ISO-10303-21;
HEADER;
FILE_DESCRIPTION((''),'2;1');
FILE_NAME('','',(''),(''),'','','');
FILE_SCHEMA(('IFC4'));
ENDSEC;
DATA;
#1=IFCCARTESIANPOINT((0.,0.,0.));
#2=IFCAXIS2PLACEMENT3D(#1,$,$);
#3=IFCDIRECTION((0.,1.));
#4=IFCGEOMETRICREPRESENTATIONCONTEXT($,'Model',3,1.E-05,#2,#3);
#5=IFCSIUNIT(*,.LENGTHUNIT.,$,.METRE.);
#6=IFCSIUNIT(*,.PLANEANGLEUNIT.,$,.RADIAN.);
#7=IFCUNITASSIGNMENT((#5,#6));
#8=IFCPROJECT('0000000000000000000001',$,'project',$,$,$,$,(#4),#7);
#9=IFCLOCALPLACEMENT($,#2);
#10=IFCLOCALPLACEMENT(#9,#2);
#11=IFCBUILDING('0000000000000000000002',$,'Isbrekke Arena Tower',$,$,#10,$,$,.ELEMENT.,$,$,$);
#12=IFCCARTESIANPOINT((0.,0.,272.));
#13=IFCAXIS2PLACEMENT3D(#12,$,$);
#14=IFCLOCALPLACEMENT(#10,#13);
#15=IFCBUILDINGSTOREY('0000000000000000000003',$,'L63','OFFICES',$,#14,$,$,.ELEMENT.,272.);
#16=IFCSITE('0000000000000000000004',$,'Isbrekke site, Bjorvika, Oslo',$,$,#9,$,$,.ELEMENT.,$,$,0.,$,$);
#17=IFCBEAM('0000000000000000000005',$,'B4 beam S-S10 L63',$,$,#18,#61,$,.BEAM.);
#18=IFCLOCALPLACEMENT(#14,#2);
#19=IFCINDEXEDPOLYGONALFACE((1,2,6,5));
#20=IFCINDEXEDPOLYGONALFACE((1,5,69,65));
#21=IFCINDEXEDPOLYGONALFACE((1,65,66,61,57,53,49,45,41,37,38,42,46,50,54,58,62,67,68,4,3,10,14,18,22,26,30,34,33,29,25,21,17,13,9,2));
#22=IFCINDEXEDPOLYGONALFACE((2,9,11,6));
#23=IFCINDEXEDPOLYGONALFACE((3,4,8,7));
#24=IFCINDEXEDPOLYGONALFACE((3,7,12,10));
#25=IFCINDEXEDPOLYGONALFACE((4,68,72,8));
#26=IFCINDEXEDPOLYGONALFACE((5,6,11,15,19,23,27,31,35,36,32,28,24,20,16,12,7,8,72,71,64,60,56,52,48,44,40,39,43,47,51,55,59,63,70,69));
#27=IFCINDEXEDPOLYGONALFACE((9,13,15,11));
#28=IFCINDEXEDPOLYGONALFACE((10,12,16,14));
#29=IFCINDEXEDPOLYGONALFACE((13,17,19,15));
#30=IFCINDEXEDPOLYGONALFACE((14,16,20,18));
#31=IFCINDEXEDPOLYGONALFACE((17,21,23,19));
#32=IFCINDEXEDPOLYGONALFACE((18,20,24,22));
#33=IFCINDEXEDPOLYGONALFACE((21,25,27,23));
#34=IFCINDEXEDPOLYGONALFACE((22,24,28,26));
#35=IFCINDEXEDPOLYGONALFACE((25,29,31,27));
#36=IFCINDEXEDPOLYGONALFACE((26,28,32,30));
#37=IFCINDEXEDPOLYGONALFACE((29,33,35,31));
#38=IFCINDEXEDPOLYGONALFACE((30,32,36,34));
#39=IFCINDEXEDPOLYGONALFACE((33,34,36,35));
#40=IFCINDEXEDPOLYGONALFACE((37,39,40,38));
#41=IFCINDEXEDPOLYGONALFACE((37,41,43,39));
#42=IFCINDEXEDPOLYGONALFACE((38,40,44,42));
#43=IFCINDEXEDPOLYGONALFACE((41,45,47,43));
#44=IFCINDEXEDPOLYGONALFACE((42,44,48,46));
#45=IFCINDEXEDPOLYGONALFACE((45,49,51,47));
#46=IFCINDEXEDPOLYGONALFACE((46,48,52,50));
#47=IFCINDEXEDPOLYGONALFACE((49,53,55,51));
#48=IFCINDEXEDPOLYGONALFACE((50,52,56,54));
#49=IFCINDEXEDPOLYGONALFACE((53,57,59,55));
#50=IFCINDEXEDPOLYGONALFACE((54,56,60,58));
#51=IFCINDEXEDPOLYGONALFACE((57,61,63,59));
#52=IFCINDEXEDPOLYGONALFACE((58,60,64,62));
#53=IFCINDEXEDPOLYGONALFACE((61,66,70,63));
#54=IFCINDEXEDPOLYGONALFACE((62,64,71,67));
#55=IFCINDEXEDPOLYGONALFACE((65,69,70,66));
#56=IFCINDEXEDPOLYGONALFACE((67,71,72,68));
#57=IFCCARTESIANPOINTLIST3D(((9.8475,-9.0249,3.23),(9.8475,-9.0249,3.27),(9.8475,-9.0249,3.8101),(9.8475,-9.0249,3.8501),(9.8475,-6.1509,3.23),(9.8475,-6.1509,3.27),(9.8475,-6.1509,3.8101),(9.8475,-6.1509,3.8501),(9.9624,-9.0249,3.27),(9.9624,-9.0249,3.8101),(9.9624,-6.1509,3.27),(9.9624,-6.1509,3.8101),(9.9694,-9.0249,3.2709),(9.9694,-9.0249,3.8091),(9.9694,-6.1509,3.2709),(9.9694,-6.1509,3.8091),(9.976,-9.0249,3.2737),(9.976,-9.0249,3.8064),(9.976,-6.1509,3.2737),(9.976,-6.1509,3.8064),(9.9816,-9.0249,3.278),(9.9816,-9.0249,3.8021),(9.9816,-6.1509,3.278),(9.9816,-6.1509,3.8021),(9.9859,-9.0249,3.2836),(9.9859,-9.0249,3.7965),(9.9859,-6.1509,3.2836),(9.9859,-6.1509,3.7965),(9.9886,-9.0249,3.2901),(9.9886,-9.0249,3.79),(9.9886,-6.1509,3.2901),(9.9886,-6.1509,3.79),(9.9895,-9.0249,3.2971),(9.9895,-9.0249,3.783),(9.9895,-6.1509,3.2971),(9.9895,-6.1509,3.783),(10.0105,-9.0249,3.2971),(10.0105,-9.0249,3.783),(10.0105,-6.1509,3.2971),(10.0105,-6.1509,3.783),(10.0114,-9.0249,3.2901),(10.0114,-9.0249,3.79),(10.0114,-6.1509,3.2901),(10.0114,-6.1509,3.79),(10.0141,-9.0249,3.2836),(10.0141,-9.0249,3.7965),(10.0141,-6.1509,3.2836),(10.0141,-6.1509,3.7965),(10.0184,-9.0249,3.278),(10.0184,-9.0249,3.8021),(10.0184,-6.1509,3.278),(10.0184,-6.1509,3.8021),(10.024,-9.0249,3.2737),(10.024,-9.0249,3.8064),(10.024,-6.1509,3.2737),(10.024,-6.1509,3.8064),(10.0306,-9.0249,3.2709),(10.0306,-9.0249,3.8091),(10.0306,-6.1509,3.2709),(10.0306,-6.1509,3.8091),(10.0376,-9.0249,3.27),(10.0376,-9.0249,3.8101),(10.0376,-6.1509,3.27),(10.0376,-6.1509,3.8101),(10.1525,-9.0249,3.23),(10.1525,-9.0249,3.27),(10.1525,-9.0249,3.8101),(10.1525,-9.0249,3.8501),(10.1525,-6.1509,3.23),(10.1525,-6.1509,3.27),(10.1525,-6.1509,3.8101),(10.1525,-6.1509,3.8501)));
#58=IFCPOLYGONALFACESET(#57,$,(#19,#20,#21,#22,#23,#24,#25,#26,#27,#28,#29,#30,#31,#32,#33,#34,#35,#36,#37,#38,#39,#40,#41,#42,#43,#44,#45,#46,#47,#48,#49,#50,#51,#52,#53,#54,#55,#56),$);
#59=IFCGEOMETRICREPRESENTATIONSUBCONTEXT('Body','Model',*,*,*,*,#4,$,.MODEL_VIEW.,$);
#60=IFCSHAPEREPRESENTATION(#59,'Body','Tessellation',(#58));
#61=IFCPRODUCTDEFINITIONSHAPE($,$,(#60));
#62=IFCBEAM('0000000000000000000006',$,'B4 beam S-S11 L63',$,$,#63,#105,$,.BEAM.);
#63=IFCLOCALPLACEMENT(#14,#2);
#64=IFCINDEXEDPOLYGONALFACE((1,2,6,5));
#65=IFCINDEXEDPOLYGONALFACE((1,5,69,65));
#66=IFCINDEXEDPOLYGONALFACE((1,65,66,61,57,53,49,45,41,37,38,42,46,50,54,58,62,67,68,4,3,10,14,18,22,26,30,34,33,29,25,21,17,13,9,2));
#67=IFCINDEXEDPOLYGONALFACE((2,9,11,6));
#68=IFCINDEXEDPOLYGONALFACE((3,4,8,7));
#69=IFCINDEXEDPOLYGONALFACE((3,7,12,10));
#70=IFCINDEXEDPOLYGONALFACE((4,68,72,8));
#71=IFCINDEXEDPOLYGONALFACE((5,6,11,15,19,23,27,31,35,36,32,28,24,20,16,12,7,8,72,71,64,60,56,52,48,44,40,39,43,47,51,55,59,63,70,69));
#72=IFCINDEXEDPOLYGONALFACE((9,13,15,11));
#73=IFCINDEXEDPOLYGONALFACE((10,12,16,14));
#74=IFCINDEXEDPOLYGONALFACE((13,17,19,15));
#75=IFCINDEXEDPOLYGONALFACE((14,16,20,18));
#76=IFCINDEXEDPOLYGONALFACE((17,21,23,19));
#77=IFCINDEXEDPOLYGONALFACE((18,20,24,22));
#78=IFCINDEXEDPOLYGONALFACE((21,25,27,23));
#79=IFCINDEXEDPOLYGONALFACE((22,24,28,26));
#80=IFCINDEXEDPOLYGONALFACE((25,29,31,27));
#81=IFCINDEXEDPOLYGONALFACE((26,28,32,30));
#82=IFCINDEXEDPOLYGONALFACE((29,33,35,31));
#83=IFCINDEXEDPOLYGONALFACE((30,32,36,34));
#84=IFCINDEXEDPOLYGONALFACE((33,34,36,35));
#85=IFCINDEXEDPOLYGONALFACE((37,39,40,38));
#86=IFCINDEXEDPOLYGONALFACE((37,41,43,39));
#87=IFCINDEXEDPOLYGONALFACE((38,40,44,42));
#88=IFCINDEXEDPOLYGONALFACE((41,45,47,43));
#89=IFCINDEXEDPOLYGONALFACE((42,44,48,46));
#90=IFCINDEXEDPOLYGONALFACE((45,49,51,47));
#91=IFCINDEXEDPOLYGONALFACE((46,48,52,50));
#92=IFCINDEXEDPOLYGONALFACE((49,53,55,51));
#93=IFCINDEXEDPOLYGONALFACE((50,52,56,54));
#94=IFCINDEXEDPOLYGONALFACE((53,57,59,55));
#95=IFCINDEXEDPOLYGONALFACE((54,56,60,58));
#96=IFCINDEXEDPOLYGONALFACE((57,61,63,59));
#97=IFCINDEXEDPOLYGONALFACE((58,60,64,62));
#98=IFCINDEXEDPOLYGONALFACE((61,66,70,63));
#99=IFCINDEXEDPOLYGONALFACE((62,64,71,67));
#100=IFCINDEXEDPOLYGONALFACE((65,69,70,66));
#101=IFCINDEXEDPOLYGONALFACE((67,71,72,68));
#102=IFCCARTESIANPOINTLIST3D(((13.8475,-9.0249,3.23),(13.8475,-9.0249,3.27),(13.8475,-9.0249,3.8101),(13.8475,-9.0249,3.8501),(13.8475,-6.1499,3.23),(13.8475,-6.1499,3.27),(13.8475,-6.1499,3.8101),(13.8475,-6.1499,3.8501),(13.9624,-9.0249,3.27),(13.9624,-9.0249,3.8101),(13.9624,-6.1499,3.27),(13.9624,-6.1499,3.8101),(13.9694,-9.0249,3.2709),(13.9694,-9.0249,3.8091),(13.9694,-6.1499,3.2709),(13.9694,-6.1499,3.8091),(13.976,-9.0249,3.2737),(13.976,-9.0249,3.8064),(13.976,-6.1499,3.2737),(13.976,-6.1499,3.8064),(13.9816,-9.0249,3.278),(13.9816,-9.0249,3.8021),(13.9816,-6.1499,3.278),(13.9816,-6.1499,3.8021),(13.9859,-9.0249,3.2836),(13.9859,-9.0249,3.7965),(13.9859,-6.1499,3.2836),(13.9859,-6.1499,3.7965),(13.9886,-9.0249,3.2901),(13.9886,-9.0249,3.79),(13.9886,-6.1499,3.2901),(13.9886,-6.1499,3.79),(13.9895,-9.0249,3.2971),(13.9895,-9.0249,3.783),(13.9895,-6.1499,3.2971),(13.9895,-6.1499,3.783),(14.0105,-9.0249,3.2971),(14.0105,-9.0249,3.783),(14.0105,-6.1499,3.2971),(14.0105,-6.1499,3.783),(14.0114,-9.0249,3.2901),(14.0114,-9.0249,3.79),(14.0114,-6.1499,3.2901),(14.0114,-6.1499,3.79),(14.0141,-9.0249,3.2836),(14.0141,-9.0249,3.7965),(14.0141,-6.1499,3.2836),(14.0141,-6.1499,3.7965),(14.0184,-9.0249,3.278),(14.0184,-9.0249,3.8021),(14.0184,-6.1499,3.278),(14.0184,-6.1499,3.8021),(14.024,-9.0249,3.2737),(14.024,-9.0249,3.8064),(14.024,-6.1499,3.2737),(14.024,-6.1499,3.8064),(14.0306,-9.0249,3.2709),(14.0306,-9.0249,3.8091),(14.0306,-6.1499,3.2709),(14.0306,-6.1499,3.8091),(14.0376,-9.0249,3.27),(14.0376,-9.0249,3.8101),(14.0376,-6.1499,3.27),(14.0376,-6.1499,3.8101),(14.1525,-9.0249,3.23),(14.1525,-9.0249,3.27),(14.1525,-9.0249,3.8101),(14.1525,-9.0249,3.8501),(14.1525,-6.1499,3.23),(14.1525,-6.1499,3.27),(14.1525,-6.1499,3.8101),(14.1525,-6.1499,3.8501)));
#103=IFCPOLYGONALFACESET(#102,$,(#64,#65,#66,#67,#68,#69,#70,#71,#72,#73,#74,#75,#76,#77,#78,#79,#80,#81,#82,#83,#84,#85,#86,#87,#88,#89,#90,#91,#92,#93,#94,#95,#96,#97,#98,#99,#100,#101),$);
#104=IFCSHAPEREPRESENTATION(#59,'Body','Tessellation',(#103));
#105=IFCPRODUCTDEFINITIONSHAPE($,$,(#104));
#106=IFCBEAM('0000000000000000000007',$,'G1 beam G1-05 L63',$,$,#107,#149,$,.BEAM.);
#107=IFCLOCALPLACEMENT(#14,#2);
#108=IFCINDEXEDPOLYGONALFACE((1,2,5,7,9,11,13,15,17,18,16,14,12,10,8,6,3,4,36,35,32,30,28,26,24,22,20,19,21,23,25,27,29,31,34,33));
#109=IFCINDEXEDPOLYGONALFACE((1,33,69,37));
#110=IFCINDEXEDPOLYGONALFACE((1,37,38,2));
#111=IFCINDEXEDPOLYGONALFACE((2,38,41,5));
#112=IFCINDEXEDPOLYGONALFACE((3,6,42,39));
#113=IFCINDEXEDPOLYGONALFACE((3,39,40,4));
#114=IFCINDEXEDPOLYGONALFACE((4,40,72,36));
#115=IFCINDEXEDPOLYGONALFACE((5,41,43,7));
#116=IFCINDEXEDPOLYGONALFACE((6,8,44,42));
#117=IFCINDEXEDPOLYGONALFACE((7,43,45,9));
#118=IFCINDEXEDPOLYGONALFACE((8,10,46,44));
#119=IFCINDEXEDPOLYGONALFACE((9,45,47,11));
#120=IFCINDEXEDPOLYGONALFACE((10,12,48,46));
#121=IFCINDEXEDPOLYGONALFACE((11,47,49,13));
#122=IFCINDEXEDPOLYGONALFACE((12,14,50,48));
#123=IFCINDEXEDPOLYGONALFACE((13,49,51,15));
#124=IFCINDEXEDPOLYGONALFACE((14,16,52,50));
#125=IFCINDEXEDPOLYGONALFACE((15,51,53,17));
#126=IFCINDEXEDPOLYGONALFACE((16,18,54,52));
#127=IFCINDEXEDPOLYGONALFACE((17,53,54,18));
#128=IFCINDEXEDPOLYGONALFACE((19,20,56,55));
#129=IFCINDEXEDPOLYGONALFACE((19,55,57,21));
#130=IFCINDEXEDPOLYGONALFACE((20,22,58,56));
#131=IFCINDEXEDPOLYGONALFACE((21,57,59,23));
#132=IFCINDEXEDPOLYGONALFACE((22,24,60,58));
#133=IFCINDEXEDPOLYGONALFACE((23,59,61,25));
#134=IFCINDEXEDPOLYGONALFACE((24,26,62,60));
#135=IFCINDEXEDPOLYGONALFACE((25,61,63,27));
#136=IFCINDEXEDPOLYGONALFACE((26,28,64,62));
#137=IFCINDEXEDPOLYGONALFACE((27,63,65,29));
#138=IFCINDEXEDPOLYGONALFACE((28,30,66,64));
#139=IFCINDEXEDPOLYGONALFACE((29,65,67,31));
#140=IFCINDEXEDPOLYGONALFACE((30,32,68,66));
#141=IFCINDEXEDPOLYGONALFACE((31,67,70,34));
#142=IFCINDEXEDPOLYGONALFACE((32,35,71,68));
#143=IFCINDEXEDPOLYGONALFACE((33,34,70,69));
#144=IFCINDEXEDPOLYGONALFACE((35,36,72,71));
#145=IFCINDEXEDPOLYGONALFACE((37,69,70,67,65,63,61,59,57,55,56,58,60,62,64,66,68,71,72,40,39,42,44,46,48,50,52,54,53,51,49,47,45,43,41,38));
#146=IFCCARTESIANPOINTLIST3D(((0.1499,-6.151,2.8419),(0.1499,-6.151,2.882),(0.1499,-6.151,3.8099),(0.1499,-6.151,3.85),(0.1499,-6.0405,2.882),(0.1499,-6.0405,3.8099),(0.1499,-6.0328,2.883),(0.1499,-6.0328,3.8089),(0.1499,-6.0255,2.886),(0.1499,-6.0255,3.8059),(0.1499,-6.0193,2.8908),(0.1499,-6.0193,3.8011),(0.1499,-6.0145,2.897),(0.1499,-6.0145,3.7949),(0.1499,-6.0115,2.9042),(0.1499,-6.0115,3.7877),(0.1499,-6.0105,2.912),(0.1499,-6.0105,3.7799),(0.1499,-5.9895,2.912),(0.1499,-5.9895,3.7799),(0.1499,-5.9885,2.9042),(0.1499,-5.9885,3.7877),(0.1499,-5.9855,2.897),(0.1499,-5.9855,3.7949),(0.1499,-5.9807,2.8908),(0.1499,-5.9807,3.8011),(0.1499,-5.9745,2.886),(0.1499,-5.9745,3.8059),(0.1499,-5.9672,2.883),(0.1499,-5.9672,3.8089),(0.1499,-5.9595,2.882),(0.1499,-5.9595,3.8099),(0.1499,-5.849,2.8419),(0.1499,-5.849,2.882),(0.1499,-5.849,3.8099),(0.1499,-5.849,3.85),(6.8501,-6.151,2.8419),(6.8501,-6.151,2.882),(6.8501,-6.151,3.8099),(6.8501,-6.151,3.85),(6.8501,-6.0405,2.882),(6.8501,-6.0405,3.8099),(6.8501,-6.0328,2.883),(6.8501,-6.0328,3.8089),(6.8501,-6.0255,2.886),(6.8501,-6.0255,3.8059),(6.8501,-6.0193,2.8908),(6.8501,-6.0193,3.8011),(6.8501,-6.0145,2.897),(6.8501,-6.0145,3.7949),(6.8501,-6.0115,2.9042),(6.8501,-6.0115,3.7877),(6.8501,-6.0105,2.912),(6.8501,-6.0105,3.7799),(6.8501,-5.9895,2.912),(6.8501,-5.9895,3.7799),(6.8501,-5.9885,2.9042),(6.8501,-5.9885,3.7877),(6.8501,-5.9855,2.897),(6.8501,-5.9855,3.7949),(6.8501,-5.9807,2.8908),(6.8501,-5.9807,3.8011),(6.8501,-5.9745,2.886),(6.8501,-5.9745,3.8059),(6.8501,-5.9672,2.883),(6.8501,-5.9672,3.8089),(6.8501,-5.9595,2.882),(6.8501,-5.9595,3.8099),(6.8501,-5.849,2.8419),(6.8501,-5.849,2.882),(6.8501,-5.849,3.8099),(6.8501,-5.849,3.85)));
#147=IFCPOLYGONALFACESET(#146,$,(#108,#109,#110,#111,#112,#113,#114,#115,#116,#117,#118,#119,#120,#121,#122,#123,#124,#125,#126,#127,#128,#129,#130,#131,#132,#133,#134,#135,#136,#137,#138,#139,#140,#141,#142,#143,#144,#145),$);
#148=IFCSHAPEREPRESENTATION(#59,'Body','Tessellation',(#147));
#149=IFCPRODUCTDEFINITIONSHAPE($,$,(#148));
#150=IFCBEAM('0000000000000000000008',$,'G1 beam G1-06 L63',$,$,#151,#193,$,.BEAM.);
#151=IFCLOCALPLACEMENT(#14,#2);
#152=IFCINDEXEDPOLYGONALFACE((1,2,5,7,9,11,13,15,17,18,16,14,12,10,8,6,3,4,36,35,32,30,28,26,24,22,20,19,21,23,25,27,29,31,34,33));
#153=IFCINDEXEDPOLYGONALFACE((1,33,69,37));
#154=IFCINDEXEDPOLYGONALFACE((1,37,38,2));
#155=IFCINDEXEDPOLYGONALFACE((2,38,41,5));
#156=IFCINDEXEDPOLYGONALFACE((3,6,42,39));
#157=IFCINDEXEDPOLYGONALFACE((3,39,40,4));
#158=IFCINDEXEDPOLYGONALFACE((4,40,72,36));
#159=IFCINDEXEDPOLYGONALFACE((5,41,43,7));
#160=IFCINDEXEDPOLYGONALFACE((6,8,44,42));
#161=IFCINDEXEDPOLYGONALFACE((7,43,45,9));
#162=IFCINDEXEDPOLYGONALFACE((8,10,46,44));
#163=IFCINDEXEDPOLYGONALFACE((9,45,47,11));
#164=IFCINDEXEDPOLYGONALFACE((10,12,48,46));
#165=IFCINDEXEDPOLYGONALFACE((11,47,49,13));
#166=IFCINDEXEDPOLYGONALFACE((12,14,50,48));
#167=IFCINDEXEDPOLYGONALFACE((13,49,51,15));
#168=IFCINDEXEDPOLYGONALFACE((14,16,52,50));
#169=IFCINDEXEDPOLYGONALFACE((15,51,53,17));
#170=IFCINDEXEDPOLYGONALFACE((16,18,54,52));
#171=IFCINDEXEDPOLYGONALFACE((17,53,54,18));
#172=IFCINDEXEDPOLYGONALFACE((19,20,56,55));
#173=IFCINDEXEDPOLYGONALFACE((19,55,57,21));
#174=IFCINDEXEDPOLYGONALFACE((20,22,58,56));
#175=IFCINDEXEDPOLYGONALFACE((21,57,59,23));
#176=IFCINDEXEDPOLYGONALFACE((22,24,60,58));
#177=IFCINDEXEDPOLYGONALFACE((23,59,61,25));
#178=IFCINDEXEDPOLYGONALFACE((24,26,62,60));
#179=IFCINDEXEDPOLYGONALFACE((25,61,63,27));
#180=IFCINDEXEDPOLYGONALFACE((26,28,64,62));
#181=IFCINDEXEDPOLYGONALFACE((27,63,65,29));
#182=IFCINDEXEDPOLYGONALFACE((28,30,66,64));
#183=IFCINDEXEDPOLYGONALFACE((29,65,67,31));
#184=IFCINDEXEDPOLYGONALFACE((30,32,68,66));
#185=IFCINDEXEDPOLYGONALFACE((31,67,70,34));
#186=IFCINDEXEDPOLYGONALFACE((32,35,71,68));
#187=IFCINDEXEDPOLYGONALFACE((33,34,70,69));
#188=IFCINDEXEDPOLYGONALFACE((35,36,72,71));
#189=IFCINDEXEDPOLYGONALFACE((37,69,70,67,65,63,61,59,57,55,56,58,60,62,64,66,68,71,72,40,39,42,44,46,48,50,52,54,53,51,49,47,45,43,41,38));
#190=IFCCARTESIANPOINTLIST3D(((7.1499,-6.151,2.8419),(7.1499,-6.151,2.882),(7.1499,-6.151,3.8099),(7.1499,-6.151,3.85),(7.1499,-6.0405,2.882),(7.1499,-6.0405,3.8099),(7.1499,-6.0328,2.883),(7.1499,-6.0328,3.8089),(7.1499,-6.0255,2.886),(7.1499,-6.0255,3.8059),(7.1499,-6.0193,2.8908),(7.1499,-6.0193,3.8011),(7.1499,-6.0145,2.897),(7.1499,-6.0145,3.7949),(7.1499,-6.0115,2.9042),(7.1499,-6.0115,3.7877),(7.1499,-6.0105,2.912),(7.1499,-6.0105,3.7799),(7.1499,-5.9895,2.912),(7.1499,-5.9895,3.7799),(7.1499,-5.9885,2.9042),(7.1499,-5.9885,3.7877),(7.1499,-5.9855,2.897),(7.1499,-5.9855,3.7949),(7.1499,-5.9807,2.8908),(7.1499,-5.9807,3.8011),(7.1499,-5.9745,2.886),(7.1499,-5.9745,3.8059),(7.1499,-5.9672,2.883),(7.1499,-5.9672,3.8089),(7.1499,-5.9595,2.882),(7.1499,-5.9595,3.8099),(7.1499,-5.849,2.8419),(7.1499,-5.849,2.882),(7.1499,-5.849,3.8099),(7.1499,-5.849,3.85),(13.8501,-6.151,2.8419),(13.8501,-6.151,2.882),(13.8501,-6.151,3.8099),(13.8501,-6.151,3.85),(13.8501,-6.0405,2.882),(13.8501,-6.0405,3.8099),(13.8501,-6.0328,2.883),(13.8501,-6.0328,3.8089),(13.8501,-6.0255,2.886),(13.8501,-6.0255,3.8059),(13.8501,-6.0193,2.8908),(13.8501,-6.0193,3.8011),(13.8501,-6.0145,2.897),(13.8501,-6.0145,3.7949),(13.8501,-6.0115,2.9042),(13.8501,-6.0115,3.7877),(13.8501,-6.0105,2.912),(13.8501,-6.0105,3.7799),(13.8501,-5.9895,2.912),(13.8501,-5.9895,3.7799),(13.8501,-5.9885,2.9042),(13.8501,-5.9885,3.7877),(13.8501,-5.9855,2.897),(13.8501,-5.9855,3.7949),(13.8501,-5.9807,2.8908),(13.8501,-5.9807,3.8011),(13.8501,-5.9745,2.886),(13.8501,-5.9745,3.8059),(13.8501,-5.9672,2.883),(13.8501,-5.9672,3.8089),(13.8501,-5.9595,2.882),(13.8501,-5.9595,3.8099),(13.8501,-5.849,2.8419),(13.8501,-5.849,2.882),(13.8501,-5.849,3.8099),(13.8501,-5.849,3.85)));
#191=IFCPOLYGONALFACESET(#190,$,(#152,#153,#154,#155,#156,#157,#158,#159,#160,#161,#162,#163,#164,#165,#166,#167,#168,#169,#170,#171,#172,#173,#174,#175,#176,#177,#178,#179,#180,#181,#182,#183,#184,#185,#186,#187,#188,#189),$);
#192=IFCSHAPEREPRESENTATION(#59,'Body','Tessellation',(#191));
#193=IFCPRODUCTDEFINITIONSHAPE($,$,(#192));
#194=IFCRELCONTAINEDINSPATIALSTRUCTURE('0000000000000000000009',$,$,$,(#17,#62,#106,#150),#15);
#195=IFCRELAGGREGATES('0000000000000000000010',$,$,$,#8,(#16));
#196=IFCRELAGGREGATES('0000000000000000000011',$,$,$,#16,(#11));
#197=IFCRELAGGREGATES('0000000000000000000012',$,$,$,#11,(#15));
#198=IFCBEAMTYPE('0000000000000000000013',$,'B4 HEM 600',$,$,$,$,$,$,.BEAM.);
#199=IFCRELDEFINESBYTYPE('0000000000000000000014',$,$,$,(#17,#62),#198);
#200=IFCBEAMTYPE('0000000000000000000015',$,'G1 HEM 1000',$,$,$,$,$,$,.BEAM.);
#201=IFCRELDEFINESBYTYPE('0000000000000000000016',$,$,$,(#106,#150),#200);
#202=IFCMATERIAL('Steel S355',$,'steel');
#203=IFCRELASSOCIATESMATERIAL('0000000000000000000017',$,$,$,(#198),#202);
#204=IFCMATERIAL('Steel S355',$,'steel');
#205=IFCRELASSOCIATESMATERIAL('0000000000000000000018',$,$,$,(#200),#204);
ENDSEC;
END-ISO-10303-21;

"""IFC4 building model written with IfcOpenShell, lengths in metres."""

from ifc_helpers import new_model, si_unit, direction, frame, origin, origin_2d, place, context, subcontext, project, spatial, i_section, extrude, material, material_profile, profile_set, type_object, element, save


model = new_model("IFC4")

# Units and contexts
model_context = context("Model", 3, precision=1e-05, world=origin(), true_north=direction((0.0, 1.0)))
body_context = subcontext(model_context, "Body", "Model", "MODEL_VIEW")
ifc_project = project(units=[si_unit("LENGTHUNIT", "METRE"), si_unit("PLANEANGLEUNIT", "RADIAN")], contexts=[model_context])

# Site, building, storey
site_placement = place(None, origin())
site = spatial("IfcSite", under=ifc_project, at=site_placement, Name="Isbrekke site, Bjorvika, Oslo", CompositionType="ELEMENT", RefElevation=0.0)
building_placement = place(site_placement, origin())
building = spatial("IfcBuilding", under=site, at=building_placement, Name="Isbrekke Arena Tower", CompositionType="ELEMENT")
storey_placement = place(building_placement, frame((0.0, 0.0, 272.0)))
storey = spatial("IfcBuildingStorey", under=building, at=storey_placement, Name="L63", Description="OFFICES", CompositionType="ELEMENT", Elevation=272.0)

# Beams
ifc_material_1 = material(Name="Steel S355", Category="steel")
ifc_material_profile_1 = material_profile(ifc_material_1, i_section(OverallWidth=0.3049, OverallDepth=0.6201, WebThickness=0.021, FlangeThickness=0.04, FilletRadius=0.0271, at=origin_2d()), Name="HEM 600")
ifc_profile_set_1 = profile_set([ifc_material_profile_1], Name="Steel S355")
beam_type_1 = type_object("IfcBeamType", Name="B4 HEM 600", PredefinedType="BEAM", material=ifc_profile_set_1)
for number, where, z_axis, x_axis, name in (
    (1, (10.0, -9.0249, 3.54), (0.0, 1.0, 0.0), (-1.0, 0.0, 0.0), "B4 beam S-S10 L63"),
):
    element("IfcBeam", number, at=place(storey_placement, frame(where, z_axis=z_axis, x_axis=x_axis)), inside=storey, type_object=beam_type_1, Name=name, PredefinedType="BEAM", context=body_context, shape_type="SweptSolid", body=[
        extrude(i_section(OverallWidth=0.3049, OverallDepth=0.6201, WebThickness=0.021, FlangeThickness=0.04, FilletRadius=0.0271, at=origin_2d()), origin(), (0.0, 0.0, 1.0), 2.874),
    ])
beam_placement = place(storey_placement, frame((14.0, -9.0249, 3.54), z_axis=(0.0, 1.0, 0.0), x_axis=(-1.0, 0.0, 0.0)))
element("IfcBeam", 2, at=beam_placement, inside=storey, type_object=beam_type_1, Name="B4 beam S-S11 L63", PredefinedType="BEAM", context=body_context, shape_type="SweptSolid", body=[
    extrude(i_section(OverallWidth=0.3049, OverallDepth=0.6201, WebThickness=0.021, FlangeThickness=0.04, FilletRadius=0.0271, at=origin_2d()), origin(), (0.0, 0.0, 1.0), 2.875),
])
ifc_material_2 = material(Name="Steel S355", Category="steel")
ifc_material_profile_2 = material_profile(ifc_material_2, i_section(OverallWidth=0.302, OverallDepth=1.0081, WebThickness=0.021, FlangeThickness=0.04, FilletRadius=0.03, at=origin_2d()), Name="HEM 1000")
ifc_profile_set_2 = profile_set([ifc_material_profile_2], Name="Steel S355")
beam_type_2 = type_object("IfcBeamType", Name="G1 HEM 1000", PredefinedType="BEAM", material=ifc_profile_set_2)
for number, where, z_axis, x_axis, name in (
    (3, (0.1499, -6.0, 3.3459), (1.0, 0.0, 0.0), (0.0, 1.0, 0.0), "G1 beam G1-05 L63"),
    (4, (7.1499, -6.0, 3.3459), (1.0, 0.0, 0.0), (0.0, 1.0, 0.0), "G1 beam G1-06 L63"),
):
    element("IfcBeam", number, at=place(storey_placement, frame(where, z_axis=z_axis, x_axis=x_axis)), inside=storey, type_object=beam_type_2, Name=name, PredefinedType="BEAM", context=body_context, shape_type="SweptSolid", body=[
        extrude(i_section(OverallWidth=0.302, OverallDepth=1.0081, WebThickness=0.021, FlangeThickness=0.04, FilletRadius=0.03, at=origin_2d()), origin(), (0.0, 0.0, 1.0), 6.7002),
    ])

save(model, "model.ifc")
